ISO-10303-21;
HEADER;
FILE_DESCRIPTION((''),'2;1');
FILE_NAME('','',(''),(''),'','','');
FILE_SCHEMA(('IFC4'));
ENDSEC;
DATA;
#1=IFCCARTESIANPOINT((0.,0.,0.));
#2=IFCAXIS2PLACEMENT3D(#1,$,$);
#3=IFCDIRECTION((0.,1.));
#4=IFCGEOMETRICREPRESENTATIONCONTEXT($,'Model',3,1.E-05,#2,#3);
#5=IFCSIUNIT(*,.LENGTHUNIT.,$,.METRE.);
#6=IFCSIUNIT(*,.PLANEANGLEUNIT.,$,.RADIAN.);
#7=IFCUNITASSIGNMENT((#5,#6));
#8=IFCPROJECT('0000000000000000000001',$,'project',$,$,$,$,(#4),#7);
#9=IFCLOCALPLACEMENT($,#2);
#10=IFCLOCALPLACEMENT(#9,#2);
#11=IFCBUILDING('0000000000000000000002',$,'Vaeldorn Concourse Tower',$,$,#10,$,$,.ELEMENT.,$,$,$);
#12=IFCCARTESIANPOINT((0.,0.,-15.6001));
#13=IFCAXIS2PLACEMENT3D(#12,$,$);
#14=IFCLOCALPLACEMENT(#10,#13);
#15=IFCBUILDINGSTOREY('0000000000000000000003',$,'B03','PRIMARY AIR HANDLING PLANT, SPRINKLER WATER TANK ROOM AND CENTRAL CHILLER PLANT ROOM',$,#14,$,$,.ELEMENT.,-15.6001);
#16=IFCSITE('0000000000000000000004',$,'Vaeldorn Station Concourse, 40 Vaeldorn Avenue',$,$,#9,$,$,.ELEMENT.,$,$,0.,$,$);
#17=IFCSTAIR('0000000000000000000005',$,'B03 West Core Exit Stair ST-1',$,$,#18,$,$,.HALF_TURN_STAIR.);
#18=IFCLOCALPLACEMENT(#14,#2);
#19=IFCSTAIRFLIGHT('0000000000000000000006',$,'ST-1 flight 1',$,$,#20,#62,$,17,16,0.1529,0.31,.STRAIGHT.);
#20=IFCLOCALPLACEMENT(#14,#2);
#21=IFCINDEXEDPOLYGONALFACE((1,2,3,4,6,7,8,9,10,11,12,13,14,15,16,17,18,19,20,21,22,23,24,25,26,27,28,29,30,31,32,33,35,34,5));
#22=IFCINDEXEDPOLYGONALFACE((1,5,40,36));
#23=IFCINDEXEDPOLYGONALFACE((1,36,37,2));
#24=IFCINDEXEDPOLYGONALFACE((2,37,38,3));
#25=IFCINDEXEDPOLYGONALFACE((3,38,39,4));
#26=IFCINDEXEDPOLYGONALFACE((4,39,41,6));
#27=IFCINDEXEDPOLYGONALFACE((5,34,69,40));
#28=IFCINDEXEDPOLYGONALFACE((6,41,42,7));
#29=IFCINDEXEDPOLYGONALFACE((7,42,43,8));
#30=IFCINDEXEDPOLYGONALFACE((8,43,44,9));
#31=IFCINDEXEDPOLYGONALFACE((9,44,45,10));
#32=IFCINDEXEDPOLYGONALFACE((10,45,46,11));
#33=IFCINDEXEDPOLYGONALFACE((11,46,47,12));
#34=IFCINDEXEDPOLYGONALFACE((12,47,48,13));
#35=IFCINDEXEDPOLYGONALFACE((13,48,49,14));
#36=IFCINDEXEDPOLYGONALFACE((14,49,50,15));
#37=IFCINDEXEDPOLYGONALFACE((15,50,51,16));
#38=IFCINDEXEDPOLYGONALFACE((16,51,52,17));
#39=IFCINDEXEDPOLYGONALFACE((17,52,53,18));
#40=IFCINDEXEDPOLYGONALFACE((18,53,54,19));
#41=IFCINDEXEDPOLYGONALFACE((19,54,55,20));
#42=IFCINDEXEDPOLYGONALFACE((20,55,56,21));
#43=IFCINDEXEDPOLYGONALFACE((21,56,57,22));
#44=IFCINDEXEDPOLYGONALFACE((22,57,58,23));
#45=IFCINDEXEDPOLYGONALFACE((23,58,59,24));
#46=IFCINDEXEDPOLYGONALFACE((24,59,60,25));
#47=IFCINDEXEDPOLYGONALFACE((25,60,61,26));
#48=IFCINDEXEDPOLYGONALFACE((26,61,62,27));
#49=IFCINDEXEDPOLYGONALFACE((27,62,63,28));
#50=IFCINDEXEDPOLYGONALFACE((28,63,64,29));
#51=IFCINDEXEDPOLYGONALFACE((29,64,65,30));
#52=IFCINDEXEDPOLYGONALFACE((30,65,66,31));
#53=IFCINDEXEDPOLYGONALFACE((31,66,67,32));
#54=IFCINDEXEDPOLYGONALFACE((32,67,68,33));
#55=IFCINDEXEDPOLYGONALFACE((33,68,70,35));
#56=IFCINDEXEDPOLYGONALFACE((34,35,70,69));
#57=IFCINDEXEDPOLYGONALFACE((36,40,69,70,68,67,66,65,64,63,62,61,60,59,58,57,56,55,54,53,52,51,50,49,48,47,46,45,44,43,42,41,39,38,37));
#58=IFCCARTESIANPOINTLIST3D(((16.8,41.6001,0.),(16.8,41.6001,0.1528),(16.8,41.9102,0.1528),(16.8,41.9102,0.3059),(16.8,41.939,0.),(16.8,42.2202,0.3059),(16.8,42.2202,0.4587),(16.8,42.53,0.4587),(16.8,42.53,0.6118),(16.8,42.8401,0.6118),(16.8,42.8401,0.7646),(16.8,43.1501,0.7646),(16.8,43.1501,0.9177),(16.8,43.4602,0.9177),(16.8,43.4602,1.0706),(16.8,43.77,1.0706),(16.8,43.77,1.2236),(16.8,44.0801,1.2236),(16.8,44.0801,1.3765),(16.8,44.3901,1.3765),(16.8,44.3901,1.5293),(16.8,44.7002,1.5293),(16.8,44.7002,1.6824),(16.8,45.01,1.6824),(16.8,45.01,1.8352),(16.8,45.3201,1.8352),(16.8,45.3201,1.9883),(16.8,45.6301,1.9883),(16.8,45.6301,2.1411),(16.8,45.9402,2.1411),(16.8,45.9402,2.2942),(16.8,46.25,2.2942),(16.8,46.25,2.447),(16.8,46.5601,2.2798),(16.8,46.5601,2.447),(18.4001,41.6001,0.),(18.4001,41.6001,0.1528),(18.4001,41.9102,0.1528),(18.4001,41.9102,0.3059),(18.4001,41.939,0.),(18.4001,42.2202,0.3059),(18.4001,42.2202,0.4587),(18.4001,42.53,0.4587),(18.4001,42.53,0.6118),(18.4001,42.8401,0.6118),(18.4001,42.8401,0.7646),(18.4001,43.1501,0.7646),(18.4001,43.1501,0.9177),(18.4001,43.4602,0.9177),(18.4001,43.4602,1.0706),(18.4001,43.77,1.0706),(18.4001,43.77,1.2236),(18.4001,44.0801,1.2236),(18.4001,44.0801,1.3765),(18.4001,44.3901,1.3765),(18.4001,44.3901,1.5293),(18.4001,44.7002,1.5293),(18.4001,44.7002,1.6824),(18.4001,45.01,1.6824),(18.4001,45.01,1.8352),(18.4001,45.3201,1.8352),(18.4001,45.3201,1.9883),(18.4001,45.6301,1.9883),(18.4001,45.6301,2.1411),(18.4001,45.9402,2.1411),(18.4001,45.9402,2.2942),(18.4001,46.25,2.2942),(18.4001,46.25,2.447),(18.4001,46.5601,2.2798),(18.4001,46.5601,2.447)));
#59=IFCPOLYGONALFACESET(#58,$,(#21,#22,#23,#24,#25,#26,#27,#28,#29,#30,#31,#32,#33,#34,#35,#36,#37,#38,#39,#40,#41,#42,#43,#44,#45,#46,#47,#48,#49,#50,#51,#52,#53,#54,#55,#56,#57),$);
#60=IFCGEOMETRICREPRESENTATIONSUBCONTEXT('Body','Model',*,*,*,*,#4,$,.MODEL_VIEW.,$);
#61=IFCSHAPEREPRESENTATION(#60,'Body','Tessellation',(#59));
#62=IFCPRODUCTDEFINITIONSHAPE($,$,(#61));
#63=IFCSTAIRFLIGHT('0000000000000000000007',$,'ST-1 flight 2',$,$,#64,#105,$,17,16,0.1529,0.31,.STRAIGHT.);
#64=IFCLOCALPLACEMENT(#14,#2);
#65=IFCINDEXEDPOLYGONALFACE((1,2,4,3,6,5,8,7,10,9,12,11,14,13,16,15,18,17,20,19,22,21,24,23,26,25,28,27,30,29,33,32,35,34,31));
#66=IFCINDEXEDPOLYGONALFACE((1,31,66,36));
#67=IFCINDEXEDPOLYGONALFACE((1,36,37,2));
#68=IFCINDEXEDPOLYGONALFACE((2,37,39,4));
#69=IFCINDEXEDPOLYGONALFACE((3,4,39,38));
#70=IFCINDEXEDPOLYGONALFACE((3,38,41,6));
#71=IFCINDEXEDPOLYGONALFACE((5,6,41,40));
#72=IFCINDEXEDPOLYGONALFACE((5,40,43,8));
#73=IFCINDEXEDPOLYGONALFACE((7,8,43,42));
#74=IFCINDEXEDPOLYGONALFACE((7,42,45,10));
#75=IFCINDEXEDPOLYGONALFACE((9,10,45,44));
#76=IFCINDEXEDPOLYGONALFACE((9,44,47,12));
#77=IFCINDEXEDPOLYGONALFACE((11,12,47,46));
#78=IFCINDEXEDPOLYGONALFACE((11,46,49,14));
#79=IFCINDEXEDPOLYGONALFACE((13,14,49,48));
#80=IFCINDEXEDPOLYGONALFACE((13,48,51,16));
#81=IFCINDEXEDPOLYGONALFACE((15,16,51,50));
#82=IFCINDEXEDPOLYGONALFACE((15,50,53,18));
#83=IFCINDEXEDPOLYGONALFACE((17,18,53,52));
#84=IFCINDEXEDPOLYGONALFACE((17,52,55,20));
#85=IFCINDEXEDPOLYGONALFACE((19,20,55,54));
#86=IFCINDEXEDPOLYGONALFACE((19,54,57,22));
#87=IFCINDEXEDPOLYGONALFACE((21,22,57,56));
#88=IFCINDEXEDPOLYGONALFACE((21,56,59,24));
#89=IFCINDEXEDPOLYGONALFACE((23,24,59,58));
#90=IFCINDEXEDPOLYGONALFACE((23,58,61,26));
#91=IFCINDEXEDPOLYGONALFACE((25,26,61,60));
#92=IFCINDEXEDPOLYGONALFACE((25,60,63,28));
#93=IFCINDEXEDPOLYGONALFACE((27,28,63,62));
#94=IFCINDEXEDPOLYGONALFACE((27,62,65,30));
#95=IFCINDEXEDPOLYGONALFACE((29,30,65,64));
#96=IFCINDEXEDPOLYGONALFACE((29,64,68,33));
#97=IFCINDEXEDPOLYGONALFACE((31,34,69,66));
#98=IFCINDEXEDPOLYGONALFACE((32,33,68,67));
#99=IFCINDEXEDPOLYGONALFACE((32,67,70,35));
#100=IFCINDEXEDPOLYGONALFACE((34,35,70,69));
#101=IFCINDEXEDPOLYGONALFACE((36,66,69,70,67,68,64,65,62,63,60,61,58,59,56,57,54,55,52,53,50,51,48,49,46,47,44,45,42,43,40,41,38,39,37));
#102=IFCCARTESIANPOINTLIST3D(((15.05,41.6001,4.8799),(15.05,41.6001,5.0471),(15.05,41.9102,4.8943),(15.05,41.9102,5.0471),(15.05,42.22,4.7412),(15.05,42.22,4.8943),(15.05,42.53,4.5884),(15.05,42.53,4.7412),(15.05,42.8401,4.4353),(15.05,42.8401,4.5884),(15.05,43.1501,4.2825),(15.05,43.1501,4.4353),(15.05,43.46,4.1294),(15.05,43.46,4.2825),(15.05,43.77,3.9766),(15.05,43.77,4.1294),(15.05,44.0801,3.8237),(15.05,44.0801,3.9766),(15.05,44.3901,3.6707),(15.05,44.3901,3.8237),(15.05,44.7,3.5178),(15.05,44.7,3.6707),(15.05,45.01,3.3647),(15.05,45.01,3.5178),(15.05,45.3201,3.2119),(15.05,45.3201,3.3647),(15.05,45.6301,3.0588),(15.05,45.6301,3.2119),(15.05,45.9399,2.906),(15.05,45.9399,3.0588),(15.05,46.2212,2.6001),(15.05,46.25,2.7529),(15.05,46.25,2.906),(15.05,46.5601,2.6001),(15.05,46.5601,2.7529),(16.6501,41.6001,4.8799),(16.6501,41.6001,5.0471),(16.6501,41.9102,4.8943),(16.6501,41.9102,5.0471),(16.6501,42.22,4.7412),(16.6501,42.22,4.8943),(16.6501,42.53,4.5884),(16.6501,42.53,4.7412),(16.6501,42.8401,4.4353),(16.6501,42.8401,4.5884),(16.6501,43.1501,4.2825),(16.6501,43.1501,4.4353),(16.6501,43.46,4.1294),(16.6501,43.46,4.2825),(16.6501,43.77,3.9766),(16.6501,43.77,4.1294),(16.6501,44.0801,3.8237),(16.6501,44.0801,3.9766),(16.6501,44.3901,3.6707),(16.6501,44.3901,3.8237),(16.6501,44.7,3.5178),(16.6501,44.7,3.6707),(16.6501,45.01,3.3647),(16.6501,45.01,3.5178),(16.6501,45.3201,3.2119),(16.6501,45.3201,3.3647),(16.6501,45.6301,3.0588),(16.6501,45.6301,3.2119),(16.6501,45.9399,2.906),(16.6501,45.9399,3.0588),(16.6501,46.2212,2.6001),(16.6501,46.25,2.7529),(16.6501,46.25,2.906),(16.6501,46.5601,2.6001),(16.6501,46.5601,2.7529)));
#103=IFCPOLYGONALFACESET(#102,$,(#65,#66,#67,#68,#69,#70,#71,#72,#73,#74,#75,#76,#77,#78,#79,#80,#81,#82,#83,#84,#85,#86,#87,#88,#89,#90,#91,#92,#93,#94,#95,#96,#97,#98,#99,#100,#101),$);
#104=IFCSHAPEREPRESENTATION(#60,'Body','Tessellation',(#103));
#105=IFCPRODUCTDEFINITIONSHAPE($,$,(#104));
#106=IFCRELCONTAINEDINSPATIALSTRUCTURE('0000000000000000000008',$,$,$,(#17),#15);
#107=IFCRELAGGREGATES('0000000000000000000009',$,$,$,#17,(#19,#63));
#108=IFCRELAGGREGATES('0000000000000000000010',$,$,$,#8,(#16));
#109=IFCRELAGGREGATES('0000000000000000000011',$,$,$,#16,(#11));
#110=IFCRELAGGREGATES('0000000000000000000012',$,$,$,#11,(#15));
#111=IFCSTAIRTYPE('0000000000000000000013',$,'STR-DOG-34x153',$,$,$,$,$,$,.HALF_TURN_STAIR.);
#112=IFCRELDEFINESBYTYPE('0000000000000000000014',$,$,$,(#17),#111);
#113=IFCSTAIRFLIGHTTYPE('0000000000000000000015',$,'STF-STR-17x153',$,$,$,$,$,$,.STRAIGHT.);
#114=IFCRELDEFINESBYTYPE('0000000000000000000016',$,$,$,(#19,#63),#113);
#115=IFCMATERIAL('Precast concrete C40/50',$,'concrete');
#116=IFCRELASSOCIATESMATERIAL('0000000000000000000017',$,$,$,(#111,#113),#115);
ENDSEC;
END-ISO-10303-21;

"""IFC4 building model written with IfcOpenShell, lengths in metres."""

from ifc_helpers import new_model, si_unit, direction, frame, origin, place, context, subcontext, project, spatial, polyline, outline, extrude, material, type_object, element, aggregate, save


model = new_model("IFC4")

# Units and contexts
model_context = context("Model", 3, precision=1e-05, world=origin(), true_north=direction((0.0, 1.0)))
body_context = subcontext(model_context, "Body", "Model", "MODEL_VIEW")
ifc_project = project(units=[si_unit("LENGTHUNIT", "METRE"), si_unit("PLANEANGLEUNIT", "RADIAN")], contexts=[model_context])

# Site, building, storey
site_placement = place(None, origin())
site = spatial("IfcSite", under=ifc_project, at=site_placement, Name="Vaeldorn Station Concourse, 40 Vaeldorn Avenue", CompositionType="ELEMENT", RefElevation=0.0)
building_placement = place(site_placement, origin())
building = spatial("IfcBuilding", under=site, at=building_placement, Name="Vaeldorn Concourse Tower", CompositionType="ELEMENT")
storey_placement = place(building_placement, frame((0.0, 0.0, -15.6001)))
storey = spatial("IfcBuildingStorey", under=building, at=storey_placement, Name="B03", Description="PRIMARY AIR HANDLING PLANT, SPRINKLER WATER TANK ROOM AND CENTRAL CHILLER PLANT ROOM", CompositionType="ELEMENT", Elevation=-15.6001)

# Stair, stair flights
ifc_material_1 = material(Name="Precast concrete C40/50", Category="concrete")
stair_type = type_object("IfcStairType", Name="STR-DOG-34x153", PredefinedType="HALF_TURN_STAIR", material=ifc_material_1)
stair_placement = place(storey_placement, origin())
stair = element("IfcStair", 1, at=stair_placement, inside=storey, type_object=stair_type, Name="B03 West Core Exit Stair ST-1", PredefinedType="HALF_TURN_STAIR")
stair_flight_type = type_object("IfcStairFlightType", Name="STF-STR-17x153", PredefinedType="STRAIGHT", material=ifc_material_1)
stair_flight_1_placement = place(storey_placement, frame((17.6001, 41.6001, 0.0), z_axis=(0.0, 0.0, 1.0), x_axis=(0.0, 1.0, 0.0)))
stair_flight_1 = element("IfcStairFlight", 2, at=stair_flight_1_placement, type_object=stair_flight_type, Name="ST-1 flight 1", NumberOfRisers=17, NumberOfTreads=16, PredefinedType="STRAIGHT", RiserHeight=0.1529, TreadLength=0.31, context=body_context, shape_type="SweptSolid", body=[
    extrude(outline(polyline([(0.0, 0.0), (0.0, 0.1528), (0.3101, 0.1528), (0.3101, 0.3059), (0.6201, 0.3059), (0.6201, 0.4587), (0.9299, 0.4587), (0.9299, 0.6118), (1.24, 0.6118), (1.24, 0.7646), (1.55, 0.7646), (1.55, 0.9177), (1.8601, 0.9177), (1.8601, 1.0706), (2.1699, 1.0706), (2.1699, 1.2236), (2.48, 1.2236), (2.48, 1.3765), (2.79, 1.3765), (2.79, 1.5293), (3.1001, 1.5293), (3.1001, 1.6824), (3.4099, 1.6824), (3.4099, 1.8352), (3.72, 1.8352), (3.72, 1.9883), (4.03, 1.9883), (4.03, 2.1411), (4.3401, 2.1411), (4.3401, 2.2942), (4.6499, 2.2942), (4.6499, 2.447), (4.96, 2.447), (4.96, 2.6001), (4.96, 2.2798), (0.3389, 0.0), (0.0, 0.0)])), frame((0.0, 0.8, 0.0), z_axis=(0.0, -1.0, 0.0), x_axis=(1.0, 0.0, 0.0)), (0.0, 0.0, 1.0), 1.6001),
])
stair_flight_2_placement = place(storey_placement, frame((15.8501, 46.5601, 2.6001), z_axis=(0.0, 0.0, 1.0), x_axis=(0.0, -1.0, 0.0)))
stair_flight_2 = element("IfcStairFlight", 3, at=stair_flight_2_placement, type_object=stair_flight_type, Name="ST-1 flight 2", NumberOfRisers=17, NumberOfTreads=16, PredefinedType="STRAIGHT", RiserHeight=0.1529, TreadLength=0.31, context=body_context, shape_type="SweptSolid", body=[
    extrude(outline(polyline([(0.0, 0.0), (0.0, 0.1528), (0.3101, 0.1528), (0.3101, 0.3059), (0.6201, 0.3059), (0.6201, 0.4587), (0.9299, 0.4587), (0.9299, 0.6118), (1.24, 0.6118), (1.24, 0.7646), (1.55, 0.7646), (1.55, 0.9177), (1.8601, 0.9177), (1.8601, 1.0706), (2.1699, 1.0706), (2.1699, 1.2236), (2.48, 1.2236), (2.48, 1.3765), (2.79, 1.3765), (2.79, 1.5293), (3.1001, 1.5293), (3.1001, 1.6824), (3.4099, 1.6824), (3.4099, 1.8352), (3.72, 1.8352), (3.72, 1.9883), (4.03, 1.9883), (4.03, 2.1411), (4.3401, 2.1411), (4.3401, 2.2942), (4.6499, 2.2942), (4.6499, 2.447), (4.96, 2.447), (4.96, 2.6001), (4.96, 2.2798), (0.3389, 0.0), (0.0, 0.0)])), frame((0.0, 0.8, 0.0), z_axis=(0.0, -1.0, 0.0), x_axis=(1.0, 0.0, 0.0)), (0.0, 0.0, 1.0), 1.6001),
])
aggregate(stair, [stair_flight_1, stair_flight_2])

save(model, "model.ifc")
